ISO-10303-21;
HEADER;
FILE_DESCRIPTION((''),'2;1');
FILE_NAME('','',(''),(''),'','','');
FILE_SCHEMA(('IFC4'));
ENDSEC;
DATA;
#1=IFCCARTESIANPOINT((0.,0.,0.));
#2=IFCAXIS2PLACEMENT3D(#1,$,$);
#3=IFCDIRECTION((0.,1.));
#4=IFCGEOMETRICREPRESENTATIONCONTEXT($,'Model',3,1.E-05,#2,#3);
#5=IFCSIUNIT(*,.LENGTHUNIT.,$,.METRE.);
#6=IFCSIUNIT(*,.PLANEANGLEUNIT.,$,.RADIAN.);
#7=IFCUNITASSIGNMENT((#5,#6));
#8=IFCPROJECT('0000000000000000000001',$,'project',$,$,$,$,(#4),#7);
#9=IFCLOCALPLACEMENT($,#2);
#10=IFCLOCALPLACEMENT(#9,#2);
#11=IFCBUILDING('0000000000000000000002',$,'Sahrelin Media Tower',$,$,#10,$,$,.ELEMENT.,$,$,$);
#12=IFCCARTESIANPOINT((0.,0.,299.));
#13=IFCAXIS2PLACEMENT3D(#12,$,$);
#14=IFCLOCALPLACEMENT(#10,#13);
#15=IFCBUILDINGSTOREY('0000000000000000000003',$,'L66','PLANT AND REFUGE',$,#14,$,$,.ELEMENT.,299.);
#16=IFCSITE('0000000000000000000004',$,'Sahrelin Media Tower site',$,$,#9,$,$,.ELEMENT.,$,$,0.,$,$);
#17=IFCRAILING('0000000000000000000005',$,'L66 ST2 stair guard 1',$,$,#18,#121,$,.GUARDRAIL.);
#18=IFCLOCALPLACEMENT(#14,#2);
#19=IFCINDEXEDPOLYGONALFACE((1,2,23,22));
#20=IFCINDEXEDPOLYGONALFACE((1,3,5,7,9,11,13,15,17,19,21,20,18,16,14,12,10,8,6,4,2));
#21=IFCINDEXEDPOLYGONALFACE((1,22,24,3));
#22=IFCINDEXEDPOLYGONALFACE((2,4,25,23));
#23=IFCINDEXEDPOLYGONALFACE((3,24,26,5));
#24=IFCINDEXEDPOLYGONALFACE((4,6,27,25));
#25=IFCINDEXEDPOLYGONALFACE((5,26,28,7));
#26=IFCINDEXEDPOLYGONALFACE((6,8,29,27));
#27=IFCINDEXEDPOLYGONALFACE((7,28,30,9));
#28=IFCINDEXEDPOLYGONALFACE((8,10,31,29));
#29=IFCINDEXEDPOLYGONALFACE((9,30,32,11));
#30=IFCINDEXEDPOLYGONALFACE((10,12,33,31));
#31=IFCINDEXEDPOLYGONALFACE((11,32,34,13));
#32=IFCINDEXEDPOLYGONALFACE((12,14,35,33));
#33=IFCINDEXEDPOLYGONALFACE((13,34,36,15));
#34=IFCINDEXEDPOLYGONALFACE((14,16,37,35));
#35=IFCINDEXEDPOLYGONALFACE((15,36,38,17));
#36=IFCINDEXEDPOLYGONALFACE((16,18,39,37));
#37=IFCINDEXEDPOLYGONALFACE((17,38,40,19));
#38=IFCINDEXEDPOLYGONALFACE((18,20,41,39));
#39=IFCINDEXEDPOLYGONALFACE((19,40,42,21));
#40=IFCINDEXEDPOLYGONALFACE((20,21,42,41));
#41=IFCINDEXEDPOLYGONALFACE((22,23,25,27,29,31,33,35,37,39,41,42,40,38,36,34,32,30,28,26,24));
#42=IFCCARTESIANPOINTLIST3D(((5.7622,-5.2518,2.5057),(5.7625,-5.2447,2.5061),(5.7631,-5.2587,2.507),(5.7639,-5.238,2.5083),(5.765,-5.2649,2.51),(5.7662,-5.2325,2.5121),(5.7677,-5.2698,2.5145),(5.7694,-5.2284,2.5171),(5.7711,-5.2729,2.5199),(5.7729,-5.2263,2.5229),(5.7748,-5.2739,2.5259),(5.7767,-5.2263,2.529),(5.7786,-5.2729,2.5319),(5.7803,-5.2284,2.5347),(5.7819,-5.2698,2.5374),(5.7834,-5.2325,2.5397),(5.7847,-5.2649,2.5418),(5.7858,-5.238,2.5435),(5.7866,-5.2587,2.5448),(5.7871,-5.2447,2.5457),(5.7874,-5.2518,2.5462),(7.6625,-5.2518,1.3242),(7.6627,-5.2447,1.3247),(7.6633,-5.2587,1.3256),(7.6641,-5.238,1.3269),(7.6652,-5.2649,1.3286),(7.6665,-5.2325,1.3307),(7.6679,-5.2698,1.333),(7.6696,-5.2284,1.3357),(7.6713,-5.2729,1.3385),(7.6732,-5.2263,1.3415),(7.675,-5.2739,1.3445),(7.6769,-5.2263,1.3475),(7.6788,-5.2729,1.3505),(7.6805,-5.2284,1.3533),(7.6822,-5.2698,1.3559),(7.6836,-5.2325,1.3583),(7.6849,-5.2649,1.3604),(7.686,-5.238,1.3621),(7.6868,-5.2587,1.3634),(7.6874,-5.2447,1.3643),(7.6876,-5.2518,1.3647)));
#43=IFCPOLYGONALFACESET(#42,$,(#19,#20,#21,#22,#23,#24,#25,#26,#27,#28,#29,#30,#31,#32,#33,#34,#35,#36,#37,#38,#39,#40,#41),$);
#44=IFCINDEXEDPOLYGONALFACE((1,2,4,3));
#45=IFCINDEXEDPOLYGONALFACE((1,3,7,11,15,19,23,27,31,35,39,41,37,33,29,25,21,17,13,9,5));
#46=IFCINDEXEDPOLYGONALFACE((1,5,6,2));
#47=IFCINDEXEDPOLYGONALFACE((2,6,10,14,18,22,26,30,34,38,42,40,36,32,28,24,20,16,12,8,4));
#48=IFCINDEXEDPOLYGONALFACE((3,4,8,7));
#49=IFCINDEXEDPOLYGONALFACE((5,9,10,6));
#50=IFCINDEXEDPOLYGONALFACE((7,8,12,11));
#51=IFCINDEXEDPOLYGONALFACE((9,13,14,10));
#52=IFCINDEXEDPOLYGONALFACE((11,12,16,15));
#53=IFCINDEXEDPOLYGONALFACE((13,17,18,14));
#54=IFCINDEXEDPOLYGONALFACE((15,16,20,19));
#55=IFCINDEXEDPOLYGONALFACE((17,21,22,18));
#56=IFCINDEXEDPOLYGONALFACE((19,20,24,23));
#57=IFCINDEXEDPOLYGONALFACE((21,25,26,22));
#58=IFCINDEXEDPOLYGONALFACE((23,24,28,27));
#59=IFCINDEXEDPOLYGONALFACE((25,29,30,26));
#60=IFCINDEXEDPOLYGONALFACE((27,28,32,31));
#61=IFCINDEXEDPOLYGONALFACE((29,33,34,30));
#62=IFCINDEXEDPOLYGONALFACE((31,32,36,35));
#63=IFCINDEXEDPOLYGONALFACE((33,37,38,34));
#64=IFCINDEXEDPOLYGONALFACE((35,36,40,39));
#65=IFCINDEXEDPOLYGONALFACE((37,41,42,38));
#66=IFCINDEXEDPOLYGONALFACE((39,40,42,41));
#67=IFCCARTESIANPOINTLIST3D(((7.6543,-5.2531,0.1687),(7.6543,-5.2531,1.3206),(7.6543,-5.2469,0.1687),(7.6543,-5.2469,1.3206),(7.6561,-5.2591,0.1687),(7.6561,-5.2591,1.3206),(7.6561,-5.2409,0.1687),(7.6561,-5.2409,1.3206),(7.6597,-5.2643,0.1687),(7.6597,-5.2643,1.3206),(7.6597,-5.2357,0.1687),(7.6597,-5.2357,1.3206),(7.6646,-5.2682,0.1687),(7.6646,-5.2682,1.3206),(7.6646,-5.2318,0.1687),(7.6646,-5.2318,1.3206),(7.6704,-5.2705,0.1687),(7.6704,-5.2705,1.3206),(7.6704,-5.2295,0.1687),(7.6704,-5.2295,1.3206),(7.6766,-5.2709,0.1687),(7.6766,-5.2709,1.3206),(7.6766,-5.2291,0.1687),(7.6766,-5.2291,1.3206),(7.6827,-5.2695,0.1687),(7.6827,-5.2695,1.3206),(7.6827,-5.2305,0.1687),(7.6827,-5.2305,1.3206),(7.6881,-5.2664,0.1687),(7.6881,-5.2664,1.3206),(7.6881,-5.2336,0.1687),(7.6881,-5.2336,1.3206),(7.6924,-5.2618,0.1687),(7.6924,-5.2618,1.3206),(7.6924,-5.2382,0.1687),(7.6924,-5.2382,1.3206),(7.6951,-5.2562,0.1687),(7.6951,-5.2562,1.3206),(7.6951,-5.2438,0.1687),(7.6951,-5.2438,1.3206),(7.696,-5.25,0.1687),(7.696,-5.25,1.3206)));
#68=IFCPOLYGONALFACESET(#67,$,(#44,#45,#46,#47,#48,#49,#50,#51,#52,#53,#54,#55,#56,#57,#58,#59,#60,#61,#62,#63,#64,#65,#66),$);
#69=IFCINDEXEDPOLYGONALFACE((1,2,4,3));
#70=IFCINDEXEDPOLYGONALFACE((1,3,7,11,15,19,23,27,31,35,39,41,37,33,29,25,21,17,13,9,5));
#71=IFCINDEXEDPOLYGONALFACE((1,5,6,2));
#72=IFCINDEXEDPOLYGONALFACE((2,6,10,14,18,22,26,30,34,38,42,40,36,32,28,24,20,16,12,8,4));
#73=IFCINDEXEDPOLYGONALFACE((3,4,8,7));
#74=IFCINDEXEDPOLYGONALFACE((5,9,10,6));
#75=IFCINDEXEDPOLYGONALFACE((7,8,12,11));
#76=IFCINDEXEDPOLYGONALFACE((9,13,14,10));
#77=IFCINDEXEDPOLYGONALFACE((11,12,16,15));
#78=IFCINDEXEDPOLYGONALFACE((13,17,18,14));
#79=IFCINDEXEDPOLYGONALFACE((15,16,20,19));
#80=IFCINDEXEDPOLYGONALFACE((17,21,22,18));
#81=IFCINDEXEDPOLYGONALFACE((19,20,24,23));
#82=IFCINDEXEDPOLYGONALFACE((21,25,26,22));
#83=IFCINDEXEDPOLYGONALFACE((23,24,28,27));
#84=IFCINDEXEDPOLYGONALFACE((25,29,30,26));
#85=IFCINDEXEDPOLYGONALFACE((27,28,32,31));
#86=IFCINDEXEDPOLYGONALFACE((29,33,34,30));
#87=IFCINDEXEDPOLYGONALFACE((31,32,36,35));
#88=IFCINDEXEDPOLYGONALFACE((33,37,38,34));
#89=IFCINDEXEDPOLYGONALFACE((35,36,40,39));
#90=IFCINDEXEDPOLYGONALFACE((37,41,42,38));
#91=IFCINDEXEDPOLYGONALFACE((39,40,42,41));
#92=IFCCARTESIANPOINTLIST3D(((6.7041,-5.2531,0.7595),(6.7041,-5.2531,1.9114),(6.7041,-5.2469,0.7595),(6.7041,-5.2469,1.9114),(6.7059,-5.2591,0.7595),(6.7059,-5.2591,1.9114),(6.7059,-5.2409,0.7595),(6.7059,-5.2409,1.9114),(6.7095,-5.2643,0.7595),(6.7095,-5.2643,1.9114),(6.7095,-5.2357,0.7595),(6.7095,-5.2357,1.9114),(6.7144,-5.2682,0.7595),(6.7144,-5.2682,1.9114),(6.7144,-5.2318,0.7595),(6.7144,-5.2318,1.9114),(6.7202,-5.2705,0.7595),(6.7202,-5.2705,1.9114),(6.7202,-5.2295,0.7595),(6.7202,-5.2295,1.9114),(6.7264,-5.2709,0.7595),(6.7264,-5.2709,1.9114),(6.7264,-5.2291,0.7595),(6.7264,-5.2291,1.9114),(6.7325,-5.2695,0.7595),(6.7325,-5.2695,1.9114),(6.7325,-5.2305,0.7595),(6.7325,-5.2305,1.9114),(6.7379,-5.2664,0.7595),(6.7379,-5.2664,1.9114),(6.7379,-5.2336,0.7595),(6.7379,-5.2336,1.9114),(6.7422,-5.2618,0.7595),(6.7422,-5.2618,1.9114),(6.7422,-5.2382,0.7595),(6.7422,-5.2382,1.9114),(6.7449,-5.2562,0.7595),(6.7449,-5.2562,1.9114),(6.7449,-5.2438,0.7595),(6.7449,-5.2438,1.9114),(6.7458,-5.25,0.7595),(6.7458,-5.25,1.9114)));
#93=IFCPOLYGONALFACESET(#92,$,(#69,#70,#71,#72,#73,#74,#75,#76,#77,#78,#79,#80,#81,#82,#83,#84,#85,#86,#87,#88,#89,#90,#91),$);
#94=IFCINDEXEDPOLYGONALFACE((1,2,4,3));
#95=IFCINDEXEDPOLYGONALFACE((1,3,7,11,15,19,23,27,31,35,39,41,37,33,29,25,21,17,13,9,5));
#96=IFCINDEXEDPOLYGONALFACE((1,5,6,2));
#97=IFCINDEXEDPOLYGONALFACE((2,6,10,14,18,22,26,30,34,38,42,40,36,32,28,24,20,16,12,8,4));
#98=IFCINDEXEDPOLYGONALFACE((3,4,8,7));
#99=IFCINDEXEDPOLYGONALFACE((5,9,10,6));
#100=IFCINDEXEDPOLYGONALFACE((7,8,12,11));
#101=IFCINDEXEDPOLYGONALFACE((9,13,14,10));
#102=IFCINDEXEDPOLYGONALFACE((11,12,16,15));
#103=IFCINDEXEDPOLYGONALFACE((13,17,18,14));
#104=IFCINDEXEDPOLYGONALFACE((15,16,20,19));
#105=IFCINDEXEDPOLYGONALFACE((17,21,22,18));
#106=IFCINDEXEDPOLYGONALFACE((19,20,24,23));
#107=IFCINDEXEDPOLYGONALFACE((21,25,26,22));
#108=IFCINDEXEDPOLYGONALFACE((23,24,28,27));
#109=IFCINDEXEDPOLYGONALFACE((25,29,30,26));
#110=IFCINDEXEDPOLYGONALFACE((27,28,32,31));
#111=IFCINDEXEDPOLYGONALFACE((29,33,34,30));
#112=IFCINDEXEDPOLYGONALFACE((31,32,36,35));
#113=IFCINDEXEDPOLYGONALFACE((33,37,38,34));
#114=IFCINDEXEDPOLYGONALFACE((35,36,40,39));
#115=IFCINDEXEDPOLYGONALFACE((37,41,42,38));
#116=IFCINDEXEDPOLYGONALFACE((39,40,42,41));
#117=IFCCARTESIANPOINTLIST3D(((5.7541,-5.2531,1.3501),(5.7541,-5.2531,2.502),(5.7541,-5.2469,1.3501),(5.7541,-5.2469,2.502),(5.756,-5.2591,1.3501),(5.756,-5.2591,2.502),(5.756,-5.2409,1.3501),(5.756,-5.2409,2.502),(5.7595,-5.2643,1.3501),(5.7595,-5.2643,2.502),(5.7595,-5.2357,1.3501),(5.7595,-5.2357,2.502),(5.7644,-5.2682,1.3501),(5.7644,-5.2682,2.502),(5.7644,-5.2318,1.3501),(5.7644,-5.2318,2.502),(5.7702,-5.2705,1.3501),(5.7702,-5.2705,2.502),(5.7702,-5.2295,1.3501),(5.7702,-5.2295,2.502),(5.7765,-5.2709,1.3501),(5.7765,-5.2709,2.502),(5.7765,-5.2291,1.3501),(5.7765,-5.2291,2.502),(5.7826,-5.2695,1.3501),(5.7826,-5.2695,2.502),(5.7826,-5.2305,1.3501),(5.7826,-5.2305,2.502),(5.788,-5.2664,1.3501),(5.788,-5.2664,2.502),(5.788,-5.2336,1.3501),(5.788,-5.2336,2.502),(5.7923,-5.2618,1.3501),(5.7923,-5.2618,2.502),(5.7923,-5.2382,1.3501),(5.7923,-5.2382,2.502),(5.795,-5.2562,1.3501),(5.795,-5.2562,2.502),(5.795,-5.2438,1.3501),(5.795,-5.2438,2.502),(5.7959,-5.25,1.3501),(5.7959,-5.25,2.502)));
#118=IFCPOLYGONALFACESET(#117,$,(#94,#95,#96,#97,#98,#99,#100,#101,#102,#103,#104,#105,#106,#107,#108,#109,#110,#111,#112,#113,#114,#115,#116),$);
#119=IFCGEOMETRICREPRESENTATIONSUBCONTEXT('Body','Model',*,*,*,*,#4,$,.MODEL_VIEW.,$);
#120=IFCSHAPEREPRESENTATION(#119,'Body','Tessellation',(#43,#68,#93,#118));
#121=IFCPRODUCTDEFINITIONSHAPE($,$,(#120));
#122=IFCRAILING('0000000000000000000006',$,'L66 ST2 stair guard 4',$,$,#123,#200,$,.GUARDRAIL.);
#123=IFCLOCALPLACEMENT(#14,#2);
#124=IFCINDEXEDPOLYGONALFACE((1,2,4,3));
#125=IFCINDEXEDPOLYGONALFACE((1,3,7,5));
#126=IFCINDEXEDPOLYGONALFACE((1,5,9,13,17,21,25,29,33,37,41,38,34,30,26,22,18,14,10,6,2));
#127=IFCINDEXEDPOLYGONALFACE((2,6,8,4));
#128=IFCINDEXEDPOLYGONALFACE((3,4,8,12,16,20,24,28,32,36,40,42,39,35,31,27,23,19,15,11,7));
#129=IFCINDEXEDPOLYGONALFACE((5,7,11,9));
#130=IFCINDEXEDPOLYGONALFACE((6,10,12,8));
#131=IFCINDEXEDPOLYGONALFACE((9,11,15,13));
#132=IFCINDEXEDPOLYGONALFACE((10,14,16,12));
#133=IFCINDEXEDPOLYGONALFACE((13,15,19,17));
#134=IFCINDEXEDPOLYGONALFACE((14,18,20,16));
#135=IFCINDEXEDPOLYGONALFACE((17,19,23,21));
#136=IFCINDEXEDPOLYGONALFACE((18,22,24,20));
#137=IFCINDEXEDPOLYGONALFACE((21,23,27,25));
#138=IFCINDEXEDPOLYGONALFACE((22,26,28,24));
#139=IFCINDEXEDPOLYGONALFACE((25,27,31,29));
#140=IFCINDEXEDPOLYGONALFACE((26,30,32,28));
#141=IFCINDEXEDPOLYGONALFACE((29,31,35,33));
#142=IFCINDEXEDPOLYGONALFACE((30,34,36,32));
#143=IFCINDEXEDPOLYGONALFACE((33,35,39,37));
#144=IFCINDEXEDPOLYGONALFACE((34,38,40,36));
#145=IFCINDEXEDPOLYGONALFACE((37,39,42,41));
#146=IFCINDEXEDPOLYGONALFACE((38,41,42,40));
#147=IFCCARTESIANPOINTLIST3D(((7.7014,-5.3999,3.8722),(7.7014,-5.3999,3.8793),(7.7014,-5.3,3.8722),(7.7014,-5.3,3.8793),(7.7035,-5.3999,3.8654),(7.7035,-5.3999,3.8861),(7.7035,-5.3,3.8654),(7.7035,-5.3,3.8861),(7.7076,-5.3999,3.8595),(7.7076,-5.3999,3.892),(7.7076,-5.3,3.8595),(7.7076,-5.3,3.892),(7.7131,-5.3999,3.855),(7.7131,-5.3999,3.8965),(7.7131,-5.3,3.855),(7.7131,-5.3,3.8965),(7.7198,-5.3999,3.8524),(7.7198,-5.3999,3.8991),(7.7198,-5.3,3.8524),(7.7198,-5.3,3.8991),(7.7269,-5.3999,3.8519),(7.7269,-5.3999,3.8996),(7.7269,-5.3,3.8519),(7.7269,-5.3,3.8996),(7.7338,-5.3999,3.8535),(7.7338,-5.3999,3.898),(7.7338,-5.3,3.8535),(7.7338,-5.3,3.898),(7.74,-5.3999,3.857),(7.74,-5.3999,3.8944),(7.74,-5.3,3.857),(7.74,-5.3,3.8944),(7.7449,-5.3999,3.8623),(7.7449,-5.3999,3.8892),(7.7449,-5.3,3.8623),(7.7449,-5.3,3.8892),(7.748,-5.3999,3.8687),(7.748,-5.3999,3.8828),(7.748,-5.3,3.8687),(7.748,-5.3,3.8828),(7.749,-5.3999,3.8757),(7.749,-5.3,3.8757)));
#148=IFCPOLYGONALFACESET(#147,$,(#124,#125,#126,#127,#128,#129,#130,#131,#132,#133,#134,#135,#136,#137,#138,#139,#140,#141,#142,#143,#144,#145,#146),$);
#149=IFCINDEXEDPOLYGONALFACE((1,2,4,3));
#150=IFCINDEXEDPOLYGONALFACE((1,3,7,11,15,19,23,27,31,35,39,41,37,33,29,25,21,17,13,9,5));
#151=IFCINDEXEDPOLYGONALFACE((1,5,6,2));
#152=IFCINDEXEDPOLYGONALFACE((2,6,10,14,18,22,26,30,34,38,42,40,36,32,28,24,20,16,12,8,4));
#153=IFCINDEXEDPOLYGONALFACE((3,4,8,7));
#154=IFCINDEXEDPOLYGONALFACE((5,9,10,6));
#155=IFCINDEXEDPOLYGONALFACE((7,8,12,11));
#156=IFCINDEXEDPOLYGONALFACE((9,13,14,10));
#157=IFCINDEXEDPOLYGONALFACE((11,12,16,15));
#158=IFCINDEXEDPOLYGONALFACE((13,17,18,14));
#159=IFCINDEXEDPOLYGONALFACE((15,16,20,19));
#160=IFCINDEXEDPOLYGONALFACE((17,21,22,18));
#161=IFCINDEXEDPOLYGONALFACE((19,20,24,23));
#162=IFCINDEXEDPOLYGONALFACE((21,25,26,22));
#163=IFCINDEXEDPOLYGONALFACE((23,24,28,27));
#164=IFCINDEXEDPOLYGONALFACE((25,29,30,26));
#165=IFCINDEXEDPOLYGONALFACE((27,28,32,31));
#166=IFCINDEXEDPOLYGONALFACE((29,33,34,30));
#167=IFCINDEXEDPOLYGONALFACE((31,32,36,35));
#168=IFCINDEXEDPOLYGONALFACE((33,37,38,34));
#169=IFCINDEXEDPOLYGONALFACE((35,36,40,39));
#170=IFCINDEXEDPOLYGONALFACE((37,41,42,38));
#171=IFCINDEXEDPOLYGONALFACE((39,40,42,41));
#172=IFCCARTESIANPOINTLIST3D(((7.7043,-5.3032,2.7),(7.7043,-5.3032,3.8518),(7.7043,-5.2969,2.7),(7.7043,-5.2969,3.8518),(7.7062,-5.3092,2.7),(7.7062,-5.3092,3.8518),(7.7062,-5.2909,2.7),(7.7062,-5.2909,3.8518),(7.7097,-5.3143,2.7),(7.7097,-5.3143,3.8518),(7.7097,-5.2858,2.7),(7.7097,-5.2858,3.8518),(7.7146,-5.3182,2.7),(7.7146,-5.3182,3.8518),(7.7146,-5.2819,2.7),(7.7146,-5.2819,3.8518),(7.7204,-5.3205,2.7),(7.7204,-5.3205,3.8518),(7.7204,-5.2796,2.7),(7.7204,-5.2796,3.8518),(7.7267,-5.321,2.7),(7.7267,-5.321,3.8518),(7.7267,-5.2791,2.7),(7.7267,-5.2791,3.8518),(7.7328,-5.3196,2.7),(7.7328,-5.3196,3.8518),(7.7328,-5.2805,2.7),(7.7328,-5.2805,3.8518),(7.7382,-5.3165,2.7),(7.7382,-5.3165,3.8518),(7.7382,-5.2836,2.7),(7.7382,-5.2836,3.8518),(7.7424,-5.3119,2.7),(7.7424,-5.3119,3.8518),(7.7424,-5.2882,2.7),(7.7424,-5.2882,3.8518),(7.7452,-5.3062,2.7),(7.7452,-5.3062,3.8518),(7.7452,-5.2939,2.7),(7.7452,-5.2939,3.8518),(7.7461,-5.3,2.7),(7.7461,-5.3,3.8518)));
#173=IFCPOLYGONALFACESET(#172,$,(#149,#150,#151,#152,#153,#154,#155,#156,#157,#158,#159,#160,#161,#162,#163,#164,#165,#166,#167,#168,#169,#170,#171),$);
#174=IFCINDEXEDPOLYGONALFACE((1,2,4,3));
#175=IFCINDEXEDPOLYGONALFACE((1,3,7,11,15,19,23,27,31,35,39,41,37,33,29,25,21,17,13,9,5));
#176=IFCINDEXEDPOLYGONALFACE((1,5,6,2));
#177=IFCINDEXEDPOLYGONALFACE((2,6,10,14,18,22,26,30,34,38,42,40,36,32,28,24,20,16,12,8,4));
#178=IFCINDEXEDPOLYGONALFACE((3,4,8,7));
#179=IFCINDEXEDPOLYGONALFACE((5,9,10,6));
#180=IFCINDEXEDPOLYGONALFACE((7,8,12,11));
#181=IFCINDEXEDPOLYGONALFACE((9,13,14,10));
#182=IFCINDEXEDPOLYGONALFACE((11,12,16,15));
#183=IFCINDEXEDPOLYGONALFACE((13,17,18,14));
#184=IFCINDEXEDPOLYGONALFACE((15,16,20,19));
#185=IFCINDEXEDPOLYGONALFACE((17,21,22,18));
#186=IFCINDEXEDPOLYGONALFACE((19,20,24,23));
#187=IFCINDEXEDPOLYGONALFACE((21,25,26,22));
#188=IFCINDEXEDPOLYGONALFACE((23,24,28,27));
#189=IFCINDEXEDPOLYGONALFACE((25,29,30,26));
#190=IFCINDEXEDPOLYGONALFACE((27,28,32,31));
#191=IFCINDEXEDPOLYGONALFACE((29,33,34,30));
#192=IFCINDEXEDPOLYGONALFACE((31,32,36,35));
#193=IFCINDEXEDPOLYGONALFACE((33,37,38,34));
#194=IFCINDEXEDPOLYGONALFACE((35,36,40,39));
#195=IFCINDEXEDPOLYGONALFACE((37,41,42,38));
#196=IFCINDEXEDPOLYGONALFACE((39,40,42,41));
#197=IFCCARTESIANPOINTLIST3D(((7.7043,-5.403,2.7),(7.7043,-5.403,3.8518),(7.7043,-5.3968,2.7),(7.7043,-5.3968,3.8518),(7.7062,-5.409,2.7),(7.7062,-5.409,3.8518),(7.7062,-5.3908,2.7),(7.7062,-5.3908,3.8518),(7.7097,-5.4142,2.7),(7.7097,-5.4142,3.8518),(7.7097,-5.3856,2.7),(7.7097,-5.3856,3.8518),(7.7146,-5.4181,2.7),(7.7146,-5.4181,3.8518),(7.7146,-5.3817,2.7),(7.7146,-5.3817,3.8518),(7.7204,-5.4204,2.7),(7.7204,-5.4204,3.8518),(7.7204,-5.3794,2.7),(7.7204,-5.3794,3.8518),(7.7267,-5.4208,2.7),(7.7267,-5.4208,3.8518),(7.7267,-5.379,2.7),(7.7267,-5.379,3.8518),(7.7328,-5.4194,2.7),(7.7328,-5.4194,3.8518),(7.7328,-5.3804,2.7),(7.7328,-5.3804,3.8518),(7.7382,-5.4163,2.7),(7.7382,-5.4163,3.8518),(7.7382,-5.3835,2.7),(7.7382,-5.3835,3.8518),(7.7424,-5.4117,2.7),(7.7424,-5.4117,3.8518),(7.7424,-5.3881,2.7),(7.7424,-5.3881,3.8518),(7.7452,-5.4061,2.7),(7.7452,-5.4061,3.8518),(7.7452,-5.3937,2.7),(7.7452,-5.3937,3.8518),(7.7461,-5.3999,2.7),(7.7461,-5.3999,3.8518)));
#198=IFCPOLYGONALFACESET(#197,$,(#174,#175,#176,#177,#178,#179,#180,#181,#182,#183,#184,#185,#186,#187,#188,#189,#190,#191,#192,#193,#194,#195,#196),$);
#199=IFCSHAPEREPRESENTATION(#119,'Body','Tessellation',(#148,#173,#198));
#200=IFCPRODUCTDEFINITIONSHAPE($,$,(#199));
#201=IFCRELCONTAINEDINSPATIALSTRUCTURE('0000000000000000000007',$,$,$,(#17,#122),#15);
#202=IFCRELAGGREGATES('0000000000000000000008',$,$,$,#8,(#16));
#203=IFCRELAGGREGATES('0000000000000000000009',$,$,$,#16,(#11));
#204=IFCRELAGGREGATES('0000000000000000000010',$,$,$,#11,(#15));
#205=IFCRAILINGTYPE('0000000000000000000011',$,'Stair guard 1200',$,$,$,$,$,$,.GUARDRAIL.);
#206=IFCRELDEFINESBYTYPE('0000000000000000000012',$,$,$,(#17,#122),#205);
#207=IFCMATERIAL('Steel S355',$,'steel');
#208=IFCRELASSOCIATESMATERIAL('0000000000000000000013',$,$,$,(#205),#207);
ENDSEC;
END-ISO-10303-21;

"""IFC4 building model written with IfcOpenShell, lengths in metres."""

from ifc_helpers import new_model, si_unit, direction, frame, origin, origin_2d, place, context, subcontext, project, spatial, circle, extrude, material, type_object, element, save


model = new_model("IFC4")

# Units and contexts
model_context = context("Model", 3, precision=1e-05, world=origin(), true_north=direction((0.0, 1.0)))
body_context = subcontext(model_context, "Body", "Model", "MODEL_VIEW")
ifc_project = project(units=[si_unit("LENGTHUNIT", "METRE"), si_unit("PLANEANGLEUNIT", "RADIAN")], contexts=[model_context])

# Site, building, storey
site_placement = place(None, origin())
site = spatial("IfcSite", under=ifc_project, at=site_placement, Name="Sahrelin Media Tower site", CompositionType="ELEMENT", RefElevation=0.0)
building_placement = place(site_placement, origin())
building = spatial("IfcBuilding", under=site, at=building_placement, Name="Sahrelin Media Tower", CompositionType="ELEMENT")
storey_placement = place(building_placement, frame((0.0, 0.0, 299.0)))
storey = spatial("IfcBuildingStorey", under=building, at=storey_placement, Name="L66", Description="PLANT AND REFUGE", CompositionType="ELEMENT", Elevation=299.0)

# Shared definitions
ifc_material_1 = material(Name="Steel S355", Category="steel")

# Railings
railing_type_1 = type_object("IfcRailingType", Name="Stair guard 1200", PredefinedType="GUARDRAIL", material=ifc_material_1)
railing_1_placement = place(storey_placement, frame((7.675, -5.25, 0.1687)))
element("IfcRailing", 1, at=railing_1_placement, inside=storey, type_object=railing_type_1, Name="L66 ST2 stair guard 1", PredefinedType="GUARDRAIL", context=body_context, shape_type="SweptSolid", body=[
    extrude(circle(Radius=0.0239, at=origin_2d()), frame((0.0, 0.0, 1.1758), z_axis=(-0.84924, 0.0, 0.528006), x_axis=(0.0, -1.0, 0.0)), (0.0, 0.0, 1.0), 2.2375),
    extrude(circle(Radius=0.021, at=origin_2d()), origin(), (0.0, 0.0, 1.0), 1.1519),
    extrude(circle(Radius=0.021, at=origin_2d()), frame((-0.9502, 0.0, 0.5908)), (0.0, 0.0, 1.0), 1.1519),
    extrude(circle(Radius=0.021, at=origin_2d()), frame((-1.9001, 0.0, 1.1814)), (0.0, 0.0, 1.0), 1.1519),
])
railing_2_placement = place(storey_placement, frame((7.7251, -5.3, 2.7)))
element("IfcRailing", 2, at=railing_2_placement, inside=storey, type_object=railing_type_1, Name="L66 ST2 stair guard 4", PredefinedType="GUARDRAIL", context=body_context, shape_type="SweptSolid", body=[
    extrude(circle(Radius=0.0239, at=origin_2d()), frame((0.0, 0.0, 1.1758), z_axis=(0.0, -1.0, 0.0), x_axis=(1.0, 0.0, 0.0)), (0.0, 0.0, 1.0), 0.0999),
    extrude(circle(Radius=0.021, at=origin_2d()), origin(), (0.0, 0.0, 1.0), 1.1519),
    extrude(circle(Radius=0.021, at=origin_2d()), frame((0.0, -0.0999, 0.0)), (0.0, 0.0, 1.0), 1.1519),
])

save(model, "model.ifc")
